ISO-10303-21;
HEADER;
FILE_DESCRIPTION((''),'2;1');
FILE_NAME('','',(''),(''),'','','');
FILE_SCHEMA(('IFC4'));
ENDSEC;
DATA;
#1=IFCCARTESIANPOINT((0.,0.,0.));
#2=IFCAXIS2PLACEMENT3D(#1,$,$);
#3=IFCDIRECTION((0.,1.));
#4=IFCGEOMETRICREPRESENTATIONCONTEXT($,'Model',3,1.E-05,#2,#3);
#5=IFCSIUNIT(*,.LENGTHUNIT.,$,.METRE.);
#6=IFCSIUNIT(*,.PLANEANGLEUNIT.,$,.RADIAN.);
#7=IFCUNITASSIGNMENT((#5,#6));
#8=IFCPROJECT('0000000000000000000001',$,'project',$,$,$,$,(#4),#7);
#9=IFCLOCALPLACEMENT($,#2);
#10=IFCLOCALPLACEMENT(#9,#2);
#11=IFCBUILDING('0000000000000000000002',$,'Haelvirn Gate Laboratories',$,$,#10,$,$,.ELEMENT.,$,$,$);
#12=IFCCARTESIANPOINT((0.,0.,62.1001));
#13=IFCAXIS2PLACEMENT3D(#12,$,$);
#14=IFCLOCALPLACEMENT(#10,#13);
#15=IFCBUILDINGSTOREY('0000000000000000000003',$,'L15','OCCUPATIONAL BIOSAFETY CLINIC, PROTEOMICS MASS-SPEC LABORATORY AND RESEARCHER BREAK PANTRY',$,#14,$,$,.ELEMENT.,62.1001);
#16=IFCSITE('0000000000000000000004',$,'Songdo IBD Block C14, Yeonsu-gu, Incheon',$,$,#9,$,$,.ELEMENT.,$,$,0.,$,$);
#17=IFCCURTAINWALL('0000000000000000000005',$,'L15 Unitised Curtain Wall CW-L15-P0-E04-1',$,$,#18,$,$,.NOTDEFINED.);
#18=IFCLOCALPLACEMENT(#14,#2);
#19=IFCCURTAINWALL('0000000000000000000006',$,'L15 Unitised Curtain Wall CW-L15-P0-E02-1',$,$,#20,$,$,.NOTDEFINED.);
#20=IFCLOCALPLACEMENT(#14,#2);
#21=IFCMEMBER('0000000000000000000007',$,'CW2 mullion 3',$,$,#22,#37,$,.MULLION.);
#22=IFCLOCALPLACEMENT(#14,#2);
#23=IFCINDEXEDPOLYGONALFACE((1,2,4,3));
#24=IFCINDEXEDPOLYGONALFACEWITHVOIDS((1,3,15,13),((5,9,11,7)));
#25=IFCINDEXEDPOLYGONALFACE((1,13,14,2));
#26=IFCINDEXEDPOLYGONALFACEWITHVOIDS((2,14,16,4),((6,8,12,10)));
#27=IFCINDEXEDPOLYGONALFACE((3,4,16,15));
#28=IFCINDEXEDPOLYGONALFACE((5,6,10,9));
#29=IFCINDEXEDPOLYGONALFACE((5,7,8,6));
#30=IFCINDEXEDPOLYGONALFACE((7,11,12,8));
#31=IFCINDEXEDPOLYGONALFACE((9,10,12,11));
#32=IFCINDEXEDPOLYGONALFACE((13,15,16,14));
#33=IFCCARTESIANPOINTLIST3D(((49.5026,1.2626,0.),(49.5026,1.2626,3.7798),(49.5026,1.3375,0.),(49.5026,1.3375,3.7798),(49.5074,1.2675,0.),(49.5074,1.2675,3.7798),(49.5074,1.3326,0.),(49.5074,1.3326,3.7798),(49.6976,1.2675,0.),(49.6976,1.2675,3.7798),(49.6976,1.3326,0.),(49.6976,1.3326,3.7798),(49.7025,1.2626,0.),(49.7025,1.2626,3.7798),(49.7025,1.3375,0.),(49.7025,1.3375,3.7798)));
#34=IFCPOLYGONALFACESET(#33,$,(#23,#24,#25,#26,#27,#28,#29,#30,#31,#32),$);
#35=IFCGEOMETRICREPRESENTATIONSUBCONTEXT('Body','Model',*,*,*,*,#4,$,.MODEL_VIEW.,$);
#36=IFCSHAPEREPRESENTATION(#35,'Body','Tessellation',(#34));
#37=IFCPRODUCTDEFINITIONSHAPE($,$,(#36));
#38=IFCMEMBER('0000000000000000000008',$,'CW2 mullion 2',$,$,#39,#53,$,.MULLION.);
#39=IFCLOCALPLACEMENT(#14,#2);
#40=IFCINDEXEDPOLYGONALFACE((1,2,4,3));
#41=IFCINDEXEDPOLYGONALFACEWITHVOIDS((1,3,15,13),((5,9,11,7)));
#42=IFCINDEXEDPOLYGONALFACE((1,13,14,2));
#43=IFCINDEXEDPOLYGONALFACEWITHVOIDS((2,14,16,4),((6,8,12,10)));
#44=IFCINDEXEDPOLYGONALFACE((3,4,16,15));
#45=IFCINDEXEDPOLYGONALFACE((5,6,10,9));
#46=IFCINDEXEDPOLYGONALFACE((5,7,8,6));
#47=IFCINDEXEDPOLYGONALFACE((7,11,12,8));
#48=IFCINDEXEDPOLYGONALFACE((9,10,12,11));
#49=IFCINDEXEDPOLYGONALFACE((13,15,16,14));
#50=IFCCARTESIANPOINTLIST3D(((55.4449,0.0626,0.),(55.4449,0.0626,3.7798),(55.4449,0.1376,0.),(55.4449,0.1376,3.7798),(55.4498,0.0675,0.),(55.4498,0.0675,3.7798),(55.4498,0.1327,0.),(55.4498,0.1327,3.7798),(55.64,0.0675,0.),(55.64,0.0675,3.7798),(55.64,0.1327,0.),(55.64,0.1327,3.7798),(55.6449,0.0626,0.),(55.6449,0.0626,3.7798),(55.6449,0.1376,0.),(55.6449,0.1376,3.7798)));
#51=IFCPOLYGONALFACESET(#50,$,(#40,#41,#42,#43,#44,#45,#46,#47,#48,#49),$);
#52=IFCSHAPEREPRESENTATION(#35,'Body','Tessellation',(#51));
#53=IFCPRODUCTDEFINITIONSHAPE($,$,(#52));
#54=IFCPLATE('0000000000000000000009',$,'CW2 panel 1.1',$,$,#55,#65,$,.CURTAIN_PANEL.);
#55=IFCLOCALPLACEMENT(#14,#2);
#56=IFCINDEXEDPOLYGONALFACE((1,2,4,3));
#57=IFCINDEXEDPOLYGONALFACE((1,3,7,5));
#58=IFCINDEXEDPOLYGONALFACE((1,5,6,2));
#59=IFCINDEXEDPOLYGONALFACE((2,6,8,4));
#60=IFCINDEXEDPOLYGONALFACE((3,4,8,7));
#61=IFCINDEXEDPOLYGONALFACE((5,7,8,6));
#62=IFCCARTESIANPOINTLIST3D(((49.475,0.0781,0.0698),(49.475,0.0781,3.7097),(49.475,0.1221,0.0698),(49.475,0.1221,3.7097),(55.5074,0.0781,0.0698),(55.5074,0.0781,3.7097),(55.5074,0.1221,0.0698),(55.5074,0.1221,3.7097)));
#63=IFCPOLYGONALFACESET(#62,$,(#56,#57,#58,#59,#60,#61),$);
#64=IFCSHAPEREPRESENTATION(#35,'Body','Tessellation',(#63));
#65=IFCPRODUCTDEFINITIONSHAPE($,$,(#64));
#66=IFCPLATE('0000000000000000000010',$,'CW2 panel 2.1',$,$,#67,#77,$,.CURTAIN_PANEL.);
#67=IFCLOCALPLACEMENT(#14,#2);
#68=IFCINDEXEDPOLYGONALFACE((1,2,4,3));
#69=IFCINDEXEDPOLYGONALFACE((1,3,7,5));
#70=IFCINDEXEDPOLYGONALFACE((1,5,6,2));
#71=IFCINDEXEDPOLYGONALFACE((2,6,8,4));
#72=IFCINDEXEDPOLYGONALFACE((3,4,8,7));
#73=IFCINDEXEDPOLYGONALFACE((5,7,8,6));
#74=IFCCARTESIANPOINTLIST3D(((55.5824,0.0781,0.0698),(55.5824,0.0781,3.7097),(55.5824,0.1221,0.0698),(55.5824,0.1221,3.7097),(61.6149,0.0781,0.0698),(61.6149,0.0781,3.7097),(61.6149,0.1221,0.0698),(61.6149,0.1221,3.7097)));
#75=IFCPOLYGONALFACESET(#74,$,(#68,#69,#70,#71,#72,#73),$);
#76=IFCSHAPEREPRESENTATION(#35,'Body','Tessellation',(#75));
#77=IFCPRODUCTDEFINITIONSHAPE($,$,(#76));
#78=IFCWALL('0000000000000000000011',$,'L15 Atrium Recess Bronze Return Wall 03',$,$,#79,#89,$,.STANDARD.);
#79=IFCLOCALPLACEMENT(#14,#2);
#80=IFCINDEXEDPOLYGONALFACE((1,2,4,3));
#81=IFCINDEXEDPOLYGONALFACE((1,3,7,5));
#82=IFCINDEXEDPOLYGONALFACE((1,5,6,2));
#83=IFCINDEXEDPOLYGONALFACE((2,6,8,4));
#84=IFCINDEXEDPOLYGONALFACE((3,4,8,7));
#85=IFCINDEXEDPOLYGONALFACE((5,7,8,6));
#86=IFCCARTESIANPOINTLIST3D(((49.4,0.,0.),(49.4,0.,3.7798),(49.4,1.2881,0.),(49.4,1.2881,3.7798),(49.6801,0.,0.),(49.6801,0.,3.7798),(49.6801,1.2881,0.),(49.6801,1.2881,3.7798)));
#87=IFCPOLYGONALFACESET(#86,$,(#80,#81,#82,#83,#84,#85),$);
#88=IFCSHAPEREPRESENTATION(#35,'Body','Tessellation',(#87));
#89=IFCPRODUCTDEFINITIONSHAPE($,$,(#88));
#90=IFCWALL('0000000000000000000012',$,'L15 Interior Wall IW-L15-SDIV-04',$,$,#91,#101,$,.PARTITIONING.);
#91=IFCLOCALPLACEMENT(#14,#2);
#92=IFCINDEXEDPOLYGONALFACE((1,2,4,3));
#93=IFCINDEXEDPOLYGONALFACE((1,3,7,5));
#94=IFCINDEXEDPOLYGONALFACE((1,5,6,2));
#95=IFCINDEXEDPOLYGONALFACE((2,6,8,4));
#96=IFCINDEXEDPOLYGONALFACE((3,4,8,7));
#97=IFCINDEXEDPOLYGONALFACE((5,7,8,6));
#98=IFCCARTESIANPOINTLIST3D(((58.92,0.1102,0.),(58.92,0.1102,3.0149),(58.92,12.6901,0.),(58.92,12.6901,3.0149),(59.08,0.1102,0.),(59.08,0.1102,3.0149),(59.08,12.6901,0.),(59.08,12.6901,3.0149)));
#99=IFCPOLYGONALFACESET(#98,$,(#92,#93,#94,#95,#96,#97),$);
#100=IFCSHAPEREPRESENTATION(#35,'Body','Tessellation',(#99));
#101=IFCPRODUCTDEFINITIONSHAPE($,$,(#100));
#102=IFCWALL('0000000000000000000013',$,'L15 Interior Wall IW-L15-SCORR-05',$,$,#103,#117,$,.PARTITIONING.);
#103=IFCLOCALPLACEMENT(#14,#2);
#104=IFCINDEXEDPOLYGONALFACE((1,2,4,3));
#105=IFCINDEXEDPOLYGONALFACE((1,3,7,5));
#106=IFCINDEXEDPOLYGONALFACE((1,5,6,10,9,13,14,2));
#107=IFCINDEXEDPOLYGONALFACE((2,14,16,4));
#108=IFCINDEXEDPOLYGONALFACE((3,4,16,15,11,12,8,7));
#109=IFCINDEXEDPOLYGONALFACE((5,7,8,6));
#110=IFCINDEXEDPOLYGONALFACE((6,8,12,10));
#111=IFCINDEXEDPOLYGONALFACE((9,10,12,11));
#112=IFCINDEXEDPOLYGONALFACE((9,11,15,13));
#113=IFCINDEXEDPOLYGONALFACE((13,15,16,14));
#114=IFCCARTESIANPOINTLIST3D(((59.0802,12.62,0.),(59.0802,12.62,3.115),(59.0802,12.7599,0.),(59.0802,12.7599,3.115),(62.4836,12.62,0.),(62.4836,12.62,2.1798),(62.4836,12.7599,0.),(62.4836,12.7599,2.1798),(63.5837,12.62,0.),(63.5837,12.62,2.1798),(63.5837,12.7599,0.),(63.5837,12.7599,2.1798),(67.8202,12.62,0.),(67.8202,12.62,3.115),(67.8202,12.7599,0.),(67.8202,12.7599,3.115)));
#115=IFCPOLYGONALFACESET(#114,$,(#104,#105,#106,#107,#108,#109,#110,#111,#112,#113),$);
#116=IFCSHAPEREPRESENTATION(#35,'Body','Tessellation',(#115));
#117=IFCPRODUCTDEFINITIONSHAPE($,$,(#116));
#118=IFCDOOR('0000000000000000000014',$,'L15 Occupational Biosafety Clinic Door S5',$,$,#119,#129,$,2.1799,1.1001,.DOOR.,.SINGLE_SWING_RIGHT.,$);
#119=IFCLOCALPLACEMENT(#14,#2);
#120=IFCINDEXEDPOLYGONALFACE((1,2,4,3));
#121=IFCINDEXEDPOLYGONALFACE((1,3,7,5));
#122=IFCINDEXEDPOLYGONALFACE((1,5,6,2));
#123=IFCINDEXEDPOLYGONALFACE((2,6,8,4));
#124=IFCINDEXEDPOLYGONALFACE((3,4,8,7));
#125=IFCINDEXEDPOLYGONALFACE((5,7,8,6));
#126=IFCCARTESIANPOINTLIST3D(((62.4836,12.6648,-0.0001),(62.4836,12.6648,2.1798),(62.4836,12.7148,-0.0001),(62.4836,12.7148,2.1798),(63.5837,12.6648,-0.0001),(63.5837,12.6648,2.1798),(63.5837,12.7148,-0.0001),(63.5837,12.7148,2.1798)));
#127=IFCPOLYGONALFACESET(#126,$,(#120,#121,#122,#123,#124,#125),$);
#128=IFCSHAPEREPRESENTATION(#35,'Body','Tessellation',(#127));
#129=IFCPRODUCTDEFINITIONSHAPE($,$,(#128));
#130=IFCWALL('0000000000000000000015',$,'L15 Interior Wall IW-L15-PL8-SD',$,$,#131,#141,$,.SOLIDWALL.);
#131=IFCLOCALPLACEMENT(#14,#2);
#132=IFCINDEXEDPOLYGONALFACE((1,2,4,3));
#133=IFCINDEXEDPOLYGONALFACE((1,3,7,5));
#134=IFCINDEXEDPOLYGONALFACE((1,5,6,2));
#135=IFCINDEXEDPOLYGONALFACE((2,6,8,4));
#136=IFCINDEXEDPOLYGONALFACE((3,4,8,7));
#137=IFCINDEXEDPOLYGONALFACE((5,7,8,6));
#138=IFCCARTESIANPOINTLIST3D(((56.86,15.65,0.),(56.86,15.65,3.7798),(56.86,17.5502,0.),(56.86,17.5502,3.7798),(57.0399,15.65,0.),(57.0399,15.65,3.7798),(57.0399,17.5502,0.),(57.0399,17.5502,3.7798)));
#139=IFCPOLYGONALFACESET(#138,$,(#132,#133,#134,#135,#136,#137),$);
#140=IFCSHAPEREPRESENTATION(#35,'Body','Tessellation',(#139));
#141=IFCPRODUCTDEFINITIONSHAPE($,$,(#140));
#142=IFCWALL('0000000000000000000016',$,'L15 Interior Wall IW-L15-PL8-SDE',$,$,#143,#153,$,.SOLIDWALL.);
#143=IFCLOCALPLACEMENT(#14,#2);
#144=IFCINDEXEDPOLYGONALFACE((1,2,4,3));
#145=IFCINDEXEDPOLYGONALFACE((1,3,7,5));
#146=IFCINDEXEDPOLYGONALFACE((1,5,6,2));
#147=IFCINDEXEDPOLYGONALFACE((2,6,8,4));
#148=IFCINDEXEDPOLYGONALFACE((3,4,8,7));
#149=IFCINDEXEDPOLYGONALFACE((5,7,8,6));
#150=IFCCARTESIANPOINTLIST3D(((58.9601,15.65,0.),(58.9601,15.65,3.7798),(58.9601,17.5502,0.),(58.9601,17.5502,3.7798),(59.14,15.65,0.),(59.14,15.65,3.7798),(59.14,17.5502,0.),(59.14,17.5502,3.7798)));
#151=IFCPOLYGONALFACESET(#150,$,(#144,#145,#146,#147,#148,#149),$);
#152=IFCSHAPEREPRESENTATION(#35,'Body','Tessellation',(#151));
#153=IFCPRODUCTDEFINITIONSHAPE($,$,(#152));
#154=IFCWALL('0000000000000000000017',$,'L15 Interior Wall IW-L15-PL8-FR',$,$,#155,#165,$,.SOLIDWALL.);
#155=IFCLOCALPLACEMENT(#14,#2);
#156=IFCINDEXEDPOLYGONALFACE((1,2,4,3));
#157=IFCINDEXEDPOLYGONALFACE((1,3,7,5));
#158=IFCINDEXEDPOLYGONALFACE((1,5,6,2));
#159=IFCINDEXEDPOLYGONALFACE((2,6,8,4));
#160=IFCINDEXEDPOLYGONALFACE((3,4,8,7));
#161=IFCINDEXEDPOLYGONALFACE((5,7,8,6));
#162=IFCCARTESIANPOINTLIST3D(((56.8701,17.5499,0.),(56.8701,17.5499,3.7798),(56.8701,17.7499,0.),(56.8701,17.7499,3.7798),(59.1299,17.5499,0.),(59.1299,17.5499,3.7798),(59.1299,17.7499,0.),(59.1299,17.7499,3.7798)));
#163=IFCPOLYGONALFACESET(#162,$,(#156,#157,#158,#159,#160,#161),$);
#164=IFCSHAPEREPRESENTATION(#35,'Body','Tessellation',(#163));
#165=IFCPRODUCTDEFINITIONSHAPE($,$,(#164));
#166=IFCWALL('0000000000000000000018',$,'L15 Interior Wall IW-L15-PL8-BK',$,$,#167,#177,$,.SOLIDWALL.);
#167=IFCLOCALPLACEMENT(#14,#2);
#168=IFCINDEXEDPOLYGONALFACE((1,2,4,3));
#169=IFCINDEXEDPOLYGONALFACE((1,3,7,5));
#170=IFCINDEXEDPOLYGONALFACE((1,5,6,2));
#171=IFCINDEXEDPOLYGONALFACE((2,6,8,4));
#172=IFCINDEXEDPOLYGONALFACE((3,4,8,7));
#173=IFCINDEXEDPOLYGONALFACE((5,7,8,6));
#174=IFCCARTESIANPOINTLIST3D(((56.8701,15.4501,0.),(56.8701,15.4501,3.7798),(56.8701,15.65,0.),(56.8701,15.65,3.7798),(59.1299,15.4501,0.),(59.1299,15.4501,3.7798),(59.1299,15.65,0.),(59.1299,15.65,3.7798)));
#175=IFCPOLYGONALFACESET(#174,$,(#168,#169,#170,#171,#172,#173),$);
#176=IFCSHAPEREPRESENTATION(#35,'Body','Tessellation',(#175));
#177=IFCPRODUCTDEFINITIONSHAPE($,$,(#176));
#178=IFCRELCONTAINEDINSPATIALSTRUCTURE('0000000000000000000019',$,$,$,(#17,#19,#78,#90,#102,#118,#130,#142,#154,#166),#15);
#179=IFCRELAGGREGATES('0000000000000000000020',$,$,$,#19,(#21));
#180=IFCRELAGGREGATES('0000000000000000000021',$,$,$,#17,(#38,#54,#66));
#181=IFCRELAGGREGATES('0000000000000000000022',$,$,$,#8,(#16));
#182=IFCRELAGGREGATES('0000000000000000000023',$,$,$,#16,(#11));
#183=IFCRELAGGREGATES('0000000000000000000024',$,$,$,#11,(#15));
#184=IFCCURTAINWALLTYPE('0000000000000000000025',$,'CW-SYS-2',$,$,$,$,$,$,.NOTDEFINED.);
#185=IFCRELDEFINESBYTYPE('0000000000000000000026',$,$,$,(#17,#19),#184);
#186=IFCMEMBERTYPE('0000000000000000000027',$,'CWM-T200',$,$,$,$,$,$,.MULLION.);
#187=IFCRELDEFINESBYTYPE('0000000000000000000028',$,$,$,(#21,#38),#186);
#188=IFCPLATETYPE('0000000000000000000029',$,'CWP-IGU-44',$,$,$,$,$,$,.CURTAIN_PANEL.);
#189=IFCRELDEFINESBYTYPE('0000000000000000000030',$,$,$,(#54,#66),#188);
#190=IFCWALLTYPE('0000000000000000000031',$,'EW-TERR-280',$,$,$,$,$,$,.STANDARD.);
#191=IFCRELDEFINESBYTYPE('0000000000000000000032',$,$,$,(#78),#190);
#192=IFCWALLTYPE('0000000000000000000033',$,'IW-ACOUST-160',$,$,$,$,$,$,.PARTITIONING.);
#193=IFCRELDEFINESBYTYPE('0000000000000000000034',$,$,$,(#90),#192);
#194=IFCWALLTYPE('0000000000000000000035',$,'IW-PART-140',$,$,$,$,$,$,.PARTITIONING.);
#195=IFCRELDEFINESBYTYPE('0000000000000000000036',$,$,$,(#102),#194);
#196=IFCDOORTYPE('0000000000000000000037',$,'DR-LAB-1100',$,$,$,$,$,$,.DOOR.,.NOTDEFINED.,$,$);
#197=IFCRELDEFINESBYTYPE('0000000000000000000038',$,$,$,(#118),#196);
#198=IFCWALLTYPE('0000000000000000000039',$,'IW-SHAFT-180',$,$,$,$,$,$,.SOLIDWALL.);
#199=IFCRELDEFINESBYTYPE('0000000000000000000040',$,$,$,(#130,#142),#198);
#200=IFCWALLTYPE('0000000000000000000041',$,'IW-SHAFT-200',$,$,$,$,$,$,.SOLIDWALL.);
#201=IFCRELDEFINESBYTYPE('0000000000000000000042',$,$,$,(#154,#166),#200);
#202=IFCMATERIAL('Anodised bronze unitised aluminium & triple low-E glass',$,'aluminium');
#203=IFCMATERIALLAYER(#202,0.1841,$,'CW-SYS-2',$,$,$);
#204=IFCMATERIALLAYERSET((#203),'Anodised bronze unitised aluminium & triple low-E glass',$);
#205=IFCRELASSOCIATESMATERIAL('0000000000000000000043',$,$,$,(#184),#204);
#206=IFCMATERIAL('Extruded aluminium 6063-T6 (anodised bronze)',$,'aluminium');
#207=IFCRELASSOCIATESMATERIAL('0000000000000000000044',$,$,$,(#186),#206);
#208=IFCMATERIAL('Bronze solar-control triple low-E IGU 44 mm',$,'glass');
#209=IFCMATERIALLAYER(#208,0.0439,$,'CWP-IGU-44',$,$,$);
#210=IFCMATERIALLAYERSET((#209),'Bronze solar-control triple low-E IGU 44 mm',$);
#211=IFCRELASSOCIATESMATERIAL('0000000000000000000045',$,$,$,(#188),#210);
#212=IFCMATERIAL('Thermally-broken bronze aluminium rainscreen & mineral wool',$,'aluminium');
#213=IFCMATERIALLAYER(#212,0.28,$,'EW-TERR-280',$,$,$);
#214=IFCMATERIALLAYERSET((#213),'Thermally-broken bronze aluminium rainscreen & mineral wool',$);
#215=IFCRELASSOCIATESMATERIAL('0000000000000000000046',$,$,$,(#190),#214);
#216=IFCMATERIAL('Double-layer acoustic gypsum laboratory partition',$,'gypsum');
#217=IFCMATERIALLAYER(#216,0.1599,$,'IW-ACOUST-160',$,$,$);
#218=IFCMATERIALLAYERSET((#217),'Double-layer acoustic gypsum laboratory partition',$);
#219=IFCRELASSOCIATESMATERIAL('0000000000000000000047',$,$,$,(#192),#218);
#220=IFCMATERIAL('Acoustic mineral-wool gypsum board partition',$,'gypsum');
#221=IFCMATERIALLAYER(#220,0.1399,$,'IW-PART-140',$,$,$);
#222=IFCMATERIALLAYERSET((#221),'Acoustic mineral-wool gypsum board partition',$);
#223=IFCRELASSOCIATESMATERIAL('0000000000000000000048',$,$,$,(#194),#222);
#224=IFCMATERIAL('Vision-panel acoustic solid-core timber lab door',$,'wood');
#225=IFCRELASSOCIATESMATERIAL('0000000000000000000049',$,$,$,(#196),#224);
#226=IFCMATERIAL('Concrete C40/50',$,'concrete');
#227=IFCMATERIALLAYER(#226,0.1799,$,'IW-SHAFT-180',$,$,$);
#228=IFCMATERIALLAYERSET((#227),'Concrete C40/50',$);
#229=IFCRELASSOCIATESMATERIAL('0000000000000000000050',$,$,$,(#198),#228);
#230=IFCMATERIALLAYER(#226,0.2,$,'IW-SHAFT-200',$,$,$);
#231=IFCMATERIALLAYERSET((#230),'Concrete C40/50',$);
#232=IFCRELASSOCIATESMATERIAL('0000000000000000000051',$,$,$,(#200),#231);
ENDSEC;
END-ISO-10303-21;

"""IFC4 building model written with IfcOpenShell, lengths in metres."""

from ifc_helpers import new_model, si_unit, direction, frame, frame_2d, origin, origin_2d, place, context, subcontext, project, spatial, rectangle, hollow_rectangle, extrude, source, transform, mapped, material, layer, layer_set, material_profile, profile_set, type_object, type_shapes, element, fill, aggregate, save


model = new_model("IFC4")

# Units and contexts
model_context = context("Model", 3, precision=1e-05, world=origin(), true_north=direction((0.0, 1.0)))
body_context = subcontext(model_context, "Body", "Model", "MODEL_VIEW")
ifc_project = project(units=[si_unit("LENGTHUNIT", "METRE"), si_unit("PLANEANGLEUNIT", "RADIAN")], contexts=[model_context])

# Site, building, storey
site_placement = place(None, origin())
site = spatial("IfcSite", under=ifc_project, at=site_placement, Name="Songdo IBD Block C14, Yeonsu-gu, Incheon", CompositionType="ELEMENT", RefElevation=0.0)
building_placement = place(site_placement, origin())
building = spatial("IfcBuilding", under=site, at=building_placement, Name="Haelvirn Gate Laboratories", CompositionType="ELEMENT")
storey_placement = place(building_placement, frame((0.0, 0.0, 62.1001)))
storey = spatial("IfcBuildingStorey", under=building, at=storey_placement, Name="L15", Description="OCCUPATIONAL BIOSAFETY CLINIC, PROTEOMICS MASS-SPEC LABORATORY AND RESEARCHER BREAK PANTRY", CompositionType="ELEMENT", Elevation=62.1001)

# Curtain wall
ifc_material_1 = material(Name="Anodised bronze unitised aluminium & triple low-E glass", Category="aluminium")
ifc_layer_1 = layer(ifc_material_1, 0.1841, Name="CW-SYS-2")
ifc_layer_set_1 = layer_set([ifc_layer_1], Name="Anodised bronze unitised aluminium & triple low-E glass")
curtain_wall_type = type_object("IfcCurtainWallType", Name="CW-SYS-2", PredefinedType="NOTDEFINED", material=ifc_layer_set_1)
curtain_wall_1_placement = place(storey_placement, origin())
curtain_wall_1 = element("IfcCurtainWall", 1, at=curtain_wall_1_placement, inside=storey, type_object=curtain_wall_type, Name="L15 Unitised Curtain Wall CW-L15-P0-E04-1", PredefinedType="NOTDEFINED")
ifc_material_2 = material(Name="Extruded aluminium 6063-T6 (anodised bronze)", Category="aluminium")

# Curtain wall, member
curtain_wall_2_placement = place(storey_placement, origin())
curtain_wall_2 = element("IfcCurtainWall", 2, at=curtain_wall_2_placement, inside=storey, type_object=curtain_wall_type, Name="L15 Unitised Curtain Wall CW-L15-P0-E02-1", PredefinedType="NOTDEFINED")
ifc_material_profile_1 = material_profile(ifc_material_2, hollow_rectangle(XDim=0.075, YDim=0.2, WallThickness=0.0049, at=origin_2d()), Name="CWM-200x75x5")
ifc_profile_set_1 = profile_set([ifc_material_profile_1], Name="Extruded aluminium 6063-T6 (anodised bronze)")
member_type_1 = type_object("IfcMemberType", Name="CWM-T200", PredefinedType="MULLION", material=ifc_profile_set_1)
shared_shape_1 = source(origin(), body_context, "Body", "SweptSolid", [
    extrude(hollow_rectangle(XDim=0.075, YDim=0.2, WallThickness=0.0049, at=origin_2d()), origin(), (0.0, 0.0, 1.0), 3.7798),
])
type_shapes(member_type_1, [shared_shape_1])
member_1_placement = place(storey_placement, frame((49.6025, 1.3, 0.0), z_axis=(0.0, 0.0, 1.0), x_axis=(0.0, 1.0, 0.0)))
member_1 = element("IfcMember", 3, at=member_1_placement, type_object=member_type_1, Name="CW2 mullion 3", PredefinedType="MULLION", context=body_context, shape_type="MappedRepresentation", body=[
    mapped(shared_shape_1, transform((0.0, 0.0, 0.0), scale=1.0)),
])
aggregate(curtain_wall_2, [member_1])

# Member
member_2_placement = place(storey_placement, frame((55.5449, 0.1001, 0.0), z_axis=(0.0, 0.0, 1.0), x_axis=(0.0, 1.0, 0.0)))
member_2 = element("IfcMember", 4, at=member_2_placement, type_object=member_type_1, Name="CW2 mullion 2", PredefinedType="MULLION", context=body_context, shape_type="MappedRepresentation", body=[
    mapped(shared_shape_1, transform((0.0, 0.0, 0.0), scale=1.0)),
])

# Plates
ifc_material_3 = material(Name="Bronze solar-control triple low-E IGU 44 mm", Category="glass")
ifc_layer_2 = layer(ifc_material_3, 0.0439, Name="CWP-IGU-44")
ifc_layer_set_2 = layer_set([ifc_layer_2], Name="Bronze solar-control triple low-E IGU 44 mm")
plate_type = type_object("IfcPlateType", Name="CWP-IGU-44", PredefinedType="CURTAIN_PANEL", material=ifc_layer_set_2)
shared_shape_2 = source(origin(), body_context, "Body", "SweptSolid", [
    extrude(rectangle(XDim=6.0325, YDim=0.0439, at=origin_2d()), origin(), (0.0, 0.0, 1.0), 3.6399),
])
type_shapes(plate_type, [shared_shape_2])
plate_1_placement = place(storey_placement, frame((52.4912, 0.1001, 0.0698), z_axis=(0.0, 0.0, 1.0), x_axis=(1.0, 0.0, 0.0)))
plate_1 = element("IfcPlate", 5, at=plate_1_placement, type_object=plate_type, Name="CW2 panel 1.1", PredefinedType="CURTAIN_PANEL", context=body_context, shape_type="MappedRepresentation", body=[
    mapped(shared_shape_2, transform((0.0, 0.0, 0.0), scale=1.0)),
])
plate_2_placement = place(storey_placement, frame((58.5986, 0.1001, 0.0698), z_axis=(0.0, 0.0, 1.0), x_axis=(1.0, 0.0, 0.0)))
plate_2 = element("IfcPlate", 6, at=plate_2_placement, type_object=plate_type, Name="CW2 panel 2.1", PredefinedType="CURTAIN_PANEL", context=body_context, shape_type="MappedRepresentation", body=[
    mapped(shared_shape_2, transform((0.0, 0.0, 0.0), scale=1.0)),
])
aggregate(curtain_wall_1, [member_2, plate_1, plate_2])

# Walls
ifc_material_4 = material(Name="Thermally-broken bronze aluminium rainscreen & mineral wool", Category="aluminium")
ifc_layer_3 = layer(ifc_material_4, 0.28, Name="EW-TERR-280")
ifc_layer_set_3 = layer_set([ifc_layer_3], Name="Thermally-broken bronze aluminium rainscreen & mineral wool")
wall_type_1 = type_object("IfcWallType", Name="EW-TERR-280", PredefinedType="STANDARD", material=ifc_layer_set_3)
wall_1_placement = place(storey_placement, frame((49.54, 1.2881, 0.0), z_axis=(0.0, 0.0, 1.0), x_axis=(0.0, -1.0, 0.0)))
element("IfcWall", 7, at=wall_1_placement, inside=storey, type_object=wall_type_1, Name="L15 Atrium Recess Bronze Return Wall 03", PredefinedType="STANDARD", context=body_context, shape_type="SweptSolid", body=[
    extrude(rectangle(XDim=1.2881, YDim=0.28, at=frame_2d((0.644, 0.0))), origin(), (0.0, 0.0, 1.0), 3.7798),
])
ifc_material_5 = material(Name="Double-layer acoustic gypsum laboratory partition", Category="gypsum")
ifc_layer_4 = layer(ifc_material_5, 0.1599, Name="IW-ACOUST-160")
ifc_layer_set_4 = layer_set([ifc_layer_4], Name="Double-layer acoustic gypsum laboratory partition")
wall_type_2 = type_object("IfcWallType", Name="IW-ACOUST-160", PredefinedType="PARTITIONING", material=ifc_layer_set_4)
wall_2_placement = place(storey_placement, frame((59.0, 0.1101, 0.0), z_axis=(0.0, 0.0, 1.0), x_axis=(0.0, 1.0, 0.0)))
element("IfcWall", 8, at=wall_2_placement, inside=storey, type_object=wall_type_2, Name="L15 Interior Wall IW-L15-SDIV-04", PredefinedType="PARTITIONING", context=body_context, shape_type="SweptSolid", body=[
    extrude(rectangle(XDim=12.5798, YDim=0.1599, at=frame_2d((6.29, 0.0))), origin(), (0.0, 0.0, 1.0), 3.0149),
])

# Wall, opening, door
ifc_material_6 = material(Name="Acoustic mineral-wool gypsum board partition", Category="gypsum")
ifc_layer_5 = layer(ifc_material_6, 0.1399, Name="IW-PART-140")
ifc_layer_set_5 = layer_set([ifc_layer_5], Name="Acoustic mineral-wool gypsum board partition")
wall_type_3 = type_object("IfcWallType", Name="IW-PART-140", PredefinedType="PARTITIONING", material=ifc_layer_set_5)
wall_3_placement = place(storey_placement, frame((59.0801, 12.6899, 0.0), z_axis=(0.0, 0.0, 1.0), x_axis=(1.0, 0.0, 0.0)))
wall_3 = element("IfcWall", 9, at=wall_3_placement, inside=storey, type_object=wall_type_3, Name="L15 Interior Wall IW-L15-SCORR-05", PredefinedType="PARTITIONING", context=body_context, shape_type="SweptSolid", body=[
    extrude(rectangle(XDim=8.74, YDim=0.1399, at=frame_2d((4.3701, 0.0))), origin(), (0.0, 0.0, 1.0), 3.115),
])
opening_1_placement = place(wall_3_placement, frame((3.4036, 0.0, 0.0)))
opening_1 = element("IfcOpeningElement", 10, at=opening_1_placement, cuts=wall_3, PredefinedType="OPENING", context=body_context, shape_type="SweptSolid", body=[
    extrude(rectangle(XDim=1.1001, YDim=2.1799, at=frame_2d((0.55, 1.0898))), frame((0.0, 0.0801, 0.0), z_axis=(0.0, -1.0, 0.0), x_axis=(1.0, 0.0, 0.0)), (0.0, 0.0, 1.0), 0.1599),
])
ifc_material_7 = material(Name="Vision-panel acoustic solid-core timber lab door", Category="wood")
door_type_1 = type_object("IfcDoorType", Name="DR-LAB-1100", OperationType="NOTDEFINED", PredefinedType="DOOR", material=ifc_material_7)
shared_shape_3 = source(origin(), body_context, "Body", "SweptSolid", [
    extrude(rectangle(XDim=1.1001, YDim=2.1799, at=frame_2d((0.55, 1.0898))), frame((0.0, 0.0249, 0.0), z_axis=(0.0, -1.0, 0.0), x_axis=(1.0, 0.0, 0.0)), (0.0, 0.0, 1.0), 0.05),
])
type_shapes(door_type_1, [shared_shape_3])
door_1_placement = place(opening_1_placement, origin())
door_1 = element("IfcDoor", 11, at=door_1_placement, inside=storey, type_object=door_type_1, Name="L15 Occupational Biosafety Clinic Door S5", OperationType="SINGLE_SWING_RIGHT", OverallHeight=2.1799, OverallWidth=1.1001, PredefinedType="DOOR", context=body_context, shape_type="MappedRepresentation", body=[
    mapped(shared_shape_3, transform((0.0, 0.0, 0.0), scale=1.0)),
])
fill(opening_1, door_1)

# Walls
ifc_material_8 = material(Name="Concrete C40/50", Category="concrete")
ifc_layer_6 = layer(ifc_material_8, 0.1799, Name="IW-SHAFT-180")
ifc_layer_set_6 = layer_set([ifc_layer_6], Name="Concrete C40/50")
wall_type_4 = type_object("IfcWallType", Name="IW-SHAFT-180", PredefinedType="SOLIDWALL", material=ifc_layer_set_6)
for number, where, z_axis, x_axis, name in (
    (12, (56.95, 15.6499, 0.0), (0.0, 0.0, 1.0), (0.0, 1.0, 0.0), "L15 Interior Wall IW-L15-PL8-SD"),
    (13, (59.05, 15.6499, 0.0), (0.0, 0.0, 1.0), (0.0, 1.0, 0.0), "L15 Interior Wall IW-L15-PL8-SDE"),
):
    element("IfcWall", number, at=place(storey_placement, frame(where, z_axis=z_axis, x_axis=x_axis)), inside=storey, type_object=wall_type_4, Name=name, PredefinedType="SOLIDWALL", context=body_context, shape_type="SweptSolid", body=[
        extrude(rectangle(XDim=1.9001, YDim=0.1799, at=frame_2d((0.9502, 0.0))), origin(), (0.0, 0.0, 1.0), 3.7798),
    ])
ifc_layer_7 = layer(ifc_material_8, 0.2, Name="IW-SHAFT-200")
ifc_layer_set_7 = layer_set([ifc_layer_7], Name="Concrete C40/50")
wall_type_5 = type_object("IfcWallType", Name="IW-SHAFT-200", PredefinedType="SOLIDWALL", material=ifc_layer_set_7)
for number, where, z_axis, x_axis, name in (
    (14, (56.8701, 17.6499, 0.0), (0.0, 0.0, 1.0), (1.0, 0.0, 0.0), "L15 Interior Wall IW-L15-PL8-FR"),
    (15, (56.8701, 15.55, 0.0), (0.0, 0.0, 1.0), (1.0, 0.0, 0.0), "L15 Interior Wall IW-L15-PL8-BK"),
):
    element("IfcWall", number, at=place(storey_placement, frame(where, z_axis=z_axis, x_axis=x_axis)), inside=storey, type_object=wall_type_5, Name=name, PredefinedType="SOLIDWALL", context=body_context, shape_type="SweptSolid", body=[
        extrude(rectangle(XDim=2.2598, YDim=0.2, at=frame_2d((1.1299, 0.0))), origin(), (0.0, 0.0, 1.0), 3.7798),
    ])

save(model, "model.ifc")
